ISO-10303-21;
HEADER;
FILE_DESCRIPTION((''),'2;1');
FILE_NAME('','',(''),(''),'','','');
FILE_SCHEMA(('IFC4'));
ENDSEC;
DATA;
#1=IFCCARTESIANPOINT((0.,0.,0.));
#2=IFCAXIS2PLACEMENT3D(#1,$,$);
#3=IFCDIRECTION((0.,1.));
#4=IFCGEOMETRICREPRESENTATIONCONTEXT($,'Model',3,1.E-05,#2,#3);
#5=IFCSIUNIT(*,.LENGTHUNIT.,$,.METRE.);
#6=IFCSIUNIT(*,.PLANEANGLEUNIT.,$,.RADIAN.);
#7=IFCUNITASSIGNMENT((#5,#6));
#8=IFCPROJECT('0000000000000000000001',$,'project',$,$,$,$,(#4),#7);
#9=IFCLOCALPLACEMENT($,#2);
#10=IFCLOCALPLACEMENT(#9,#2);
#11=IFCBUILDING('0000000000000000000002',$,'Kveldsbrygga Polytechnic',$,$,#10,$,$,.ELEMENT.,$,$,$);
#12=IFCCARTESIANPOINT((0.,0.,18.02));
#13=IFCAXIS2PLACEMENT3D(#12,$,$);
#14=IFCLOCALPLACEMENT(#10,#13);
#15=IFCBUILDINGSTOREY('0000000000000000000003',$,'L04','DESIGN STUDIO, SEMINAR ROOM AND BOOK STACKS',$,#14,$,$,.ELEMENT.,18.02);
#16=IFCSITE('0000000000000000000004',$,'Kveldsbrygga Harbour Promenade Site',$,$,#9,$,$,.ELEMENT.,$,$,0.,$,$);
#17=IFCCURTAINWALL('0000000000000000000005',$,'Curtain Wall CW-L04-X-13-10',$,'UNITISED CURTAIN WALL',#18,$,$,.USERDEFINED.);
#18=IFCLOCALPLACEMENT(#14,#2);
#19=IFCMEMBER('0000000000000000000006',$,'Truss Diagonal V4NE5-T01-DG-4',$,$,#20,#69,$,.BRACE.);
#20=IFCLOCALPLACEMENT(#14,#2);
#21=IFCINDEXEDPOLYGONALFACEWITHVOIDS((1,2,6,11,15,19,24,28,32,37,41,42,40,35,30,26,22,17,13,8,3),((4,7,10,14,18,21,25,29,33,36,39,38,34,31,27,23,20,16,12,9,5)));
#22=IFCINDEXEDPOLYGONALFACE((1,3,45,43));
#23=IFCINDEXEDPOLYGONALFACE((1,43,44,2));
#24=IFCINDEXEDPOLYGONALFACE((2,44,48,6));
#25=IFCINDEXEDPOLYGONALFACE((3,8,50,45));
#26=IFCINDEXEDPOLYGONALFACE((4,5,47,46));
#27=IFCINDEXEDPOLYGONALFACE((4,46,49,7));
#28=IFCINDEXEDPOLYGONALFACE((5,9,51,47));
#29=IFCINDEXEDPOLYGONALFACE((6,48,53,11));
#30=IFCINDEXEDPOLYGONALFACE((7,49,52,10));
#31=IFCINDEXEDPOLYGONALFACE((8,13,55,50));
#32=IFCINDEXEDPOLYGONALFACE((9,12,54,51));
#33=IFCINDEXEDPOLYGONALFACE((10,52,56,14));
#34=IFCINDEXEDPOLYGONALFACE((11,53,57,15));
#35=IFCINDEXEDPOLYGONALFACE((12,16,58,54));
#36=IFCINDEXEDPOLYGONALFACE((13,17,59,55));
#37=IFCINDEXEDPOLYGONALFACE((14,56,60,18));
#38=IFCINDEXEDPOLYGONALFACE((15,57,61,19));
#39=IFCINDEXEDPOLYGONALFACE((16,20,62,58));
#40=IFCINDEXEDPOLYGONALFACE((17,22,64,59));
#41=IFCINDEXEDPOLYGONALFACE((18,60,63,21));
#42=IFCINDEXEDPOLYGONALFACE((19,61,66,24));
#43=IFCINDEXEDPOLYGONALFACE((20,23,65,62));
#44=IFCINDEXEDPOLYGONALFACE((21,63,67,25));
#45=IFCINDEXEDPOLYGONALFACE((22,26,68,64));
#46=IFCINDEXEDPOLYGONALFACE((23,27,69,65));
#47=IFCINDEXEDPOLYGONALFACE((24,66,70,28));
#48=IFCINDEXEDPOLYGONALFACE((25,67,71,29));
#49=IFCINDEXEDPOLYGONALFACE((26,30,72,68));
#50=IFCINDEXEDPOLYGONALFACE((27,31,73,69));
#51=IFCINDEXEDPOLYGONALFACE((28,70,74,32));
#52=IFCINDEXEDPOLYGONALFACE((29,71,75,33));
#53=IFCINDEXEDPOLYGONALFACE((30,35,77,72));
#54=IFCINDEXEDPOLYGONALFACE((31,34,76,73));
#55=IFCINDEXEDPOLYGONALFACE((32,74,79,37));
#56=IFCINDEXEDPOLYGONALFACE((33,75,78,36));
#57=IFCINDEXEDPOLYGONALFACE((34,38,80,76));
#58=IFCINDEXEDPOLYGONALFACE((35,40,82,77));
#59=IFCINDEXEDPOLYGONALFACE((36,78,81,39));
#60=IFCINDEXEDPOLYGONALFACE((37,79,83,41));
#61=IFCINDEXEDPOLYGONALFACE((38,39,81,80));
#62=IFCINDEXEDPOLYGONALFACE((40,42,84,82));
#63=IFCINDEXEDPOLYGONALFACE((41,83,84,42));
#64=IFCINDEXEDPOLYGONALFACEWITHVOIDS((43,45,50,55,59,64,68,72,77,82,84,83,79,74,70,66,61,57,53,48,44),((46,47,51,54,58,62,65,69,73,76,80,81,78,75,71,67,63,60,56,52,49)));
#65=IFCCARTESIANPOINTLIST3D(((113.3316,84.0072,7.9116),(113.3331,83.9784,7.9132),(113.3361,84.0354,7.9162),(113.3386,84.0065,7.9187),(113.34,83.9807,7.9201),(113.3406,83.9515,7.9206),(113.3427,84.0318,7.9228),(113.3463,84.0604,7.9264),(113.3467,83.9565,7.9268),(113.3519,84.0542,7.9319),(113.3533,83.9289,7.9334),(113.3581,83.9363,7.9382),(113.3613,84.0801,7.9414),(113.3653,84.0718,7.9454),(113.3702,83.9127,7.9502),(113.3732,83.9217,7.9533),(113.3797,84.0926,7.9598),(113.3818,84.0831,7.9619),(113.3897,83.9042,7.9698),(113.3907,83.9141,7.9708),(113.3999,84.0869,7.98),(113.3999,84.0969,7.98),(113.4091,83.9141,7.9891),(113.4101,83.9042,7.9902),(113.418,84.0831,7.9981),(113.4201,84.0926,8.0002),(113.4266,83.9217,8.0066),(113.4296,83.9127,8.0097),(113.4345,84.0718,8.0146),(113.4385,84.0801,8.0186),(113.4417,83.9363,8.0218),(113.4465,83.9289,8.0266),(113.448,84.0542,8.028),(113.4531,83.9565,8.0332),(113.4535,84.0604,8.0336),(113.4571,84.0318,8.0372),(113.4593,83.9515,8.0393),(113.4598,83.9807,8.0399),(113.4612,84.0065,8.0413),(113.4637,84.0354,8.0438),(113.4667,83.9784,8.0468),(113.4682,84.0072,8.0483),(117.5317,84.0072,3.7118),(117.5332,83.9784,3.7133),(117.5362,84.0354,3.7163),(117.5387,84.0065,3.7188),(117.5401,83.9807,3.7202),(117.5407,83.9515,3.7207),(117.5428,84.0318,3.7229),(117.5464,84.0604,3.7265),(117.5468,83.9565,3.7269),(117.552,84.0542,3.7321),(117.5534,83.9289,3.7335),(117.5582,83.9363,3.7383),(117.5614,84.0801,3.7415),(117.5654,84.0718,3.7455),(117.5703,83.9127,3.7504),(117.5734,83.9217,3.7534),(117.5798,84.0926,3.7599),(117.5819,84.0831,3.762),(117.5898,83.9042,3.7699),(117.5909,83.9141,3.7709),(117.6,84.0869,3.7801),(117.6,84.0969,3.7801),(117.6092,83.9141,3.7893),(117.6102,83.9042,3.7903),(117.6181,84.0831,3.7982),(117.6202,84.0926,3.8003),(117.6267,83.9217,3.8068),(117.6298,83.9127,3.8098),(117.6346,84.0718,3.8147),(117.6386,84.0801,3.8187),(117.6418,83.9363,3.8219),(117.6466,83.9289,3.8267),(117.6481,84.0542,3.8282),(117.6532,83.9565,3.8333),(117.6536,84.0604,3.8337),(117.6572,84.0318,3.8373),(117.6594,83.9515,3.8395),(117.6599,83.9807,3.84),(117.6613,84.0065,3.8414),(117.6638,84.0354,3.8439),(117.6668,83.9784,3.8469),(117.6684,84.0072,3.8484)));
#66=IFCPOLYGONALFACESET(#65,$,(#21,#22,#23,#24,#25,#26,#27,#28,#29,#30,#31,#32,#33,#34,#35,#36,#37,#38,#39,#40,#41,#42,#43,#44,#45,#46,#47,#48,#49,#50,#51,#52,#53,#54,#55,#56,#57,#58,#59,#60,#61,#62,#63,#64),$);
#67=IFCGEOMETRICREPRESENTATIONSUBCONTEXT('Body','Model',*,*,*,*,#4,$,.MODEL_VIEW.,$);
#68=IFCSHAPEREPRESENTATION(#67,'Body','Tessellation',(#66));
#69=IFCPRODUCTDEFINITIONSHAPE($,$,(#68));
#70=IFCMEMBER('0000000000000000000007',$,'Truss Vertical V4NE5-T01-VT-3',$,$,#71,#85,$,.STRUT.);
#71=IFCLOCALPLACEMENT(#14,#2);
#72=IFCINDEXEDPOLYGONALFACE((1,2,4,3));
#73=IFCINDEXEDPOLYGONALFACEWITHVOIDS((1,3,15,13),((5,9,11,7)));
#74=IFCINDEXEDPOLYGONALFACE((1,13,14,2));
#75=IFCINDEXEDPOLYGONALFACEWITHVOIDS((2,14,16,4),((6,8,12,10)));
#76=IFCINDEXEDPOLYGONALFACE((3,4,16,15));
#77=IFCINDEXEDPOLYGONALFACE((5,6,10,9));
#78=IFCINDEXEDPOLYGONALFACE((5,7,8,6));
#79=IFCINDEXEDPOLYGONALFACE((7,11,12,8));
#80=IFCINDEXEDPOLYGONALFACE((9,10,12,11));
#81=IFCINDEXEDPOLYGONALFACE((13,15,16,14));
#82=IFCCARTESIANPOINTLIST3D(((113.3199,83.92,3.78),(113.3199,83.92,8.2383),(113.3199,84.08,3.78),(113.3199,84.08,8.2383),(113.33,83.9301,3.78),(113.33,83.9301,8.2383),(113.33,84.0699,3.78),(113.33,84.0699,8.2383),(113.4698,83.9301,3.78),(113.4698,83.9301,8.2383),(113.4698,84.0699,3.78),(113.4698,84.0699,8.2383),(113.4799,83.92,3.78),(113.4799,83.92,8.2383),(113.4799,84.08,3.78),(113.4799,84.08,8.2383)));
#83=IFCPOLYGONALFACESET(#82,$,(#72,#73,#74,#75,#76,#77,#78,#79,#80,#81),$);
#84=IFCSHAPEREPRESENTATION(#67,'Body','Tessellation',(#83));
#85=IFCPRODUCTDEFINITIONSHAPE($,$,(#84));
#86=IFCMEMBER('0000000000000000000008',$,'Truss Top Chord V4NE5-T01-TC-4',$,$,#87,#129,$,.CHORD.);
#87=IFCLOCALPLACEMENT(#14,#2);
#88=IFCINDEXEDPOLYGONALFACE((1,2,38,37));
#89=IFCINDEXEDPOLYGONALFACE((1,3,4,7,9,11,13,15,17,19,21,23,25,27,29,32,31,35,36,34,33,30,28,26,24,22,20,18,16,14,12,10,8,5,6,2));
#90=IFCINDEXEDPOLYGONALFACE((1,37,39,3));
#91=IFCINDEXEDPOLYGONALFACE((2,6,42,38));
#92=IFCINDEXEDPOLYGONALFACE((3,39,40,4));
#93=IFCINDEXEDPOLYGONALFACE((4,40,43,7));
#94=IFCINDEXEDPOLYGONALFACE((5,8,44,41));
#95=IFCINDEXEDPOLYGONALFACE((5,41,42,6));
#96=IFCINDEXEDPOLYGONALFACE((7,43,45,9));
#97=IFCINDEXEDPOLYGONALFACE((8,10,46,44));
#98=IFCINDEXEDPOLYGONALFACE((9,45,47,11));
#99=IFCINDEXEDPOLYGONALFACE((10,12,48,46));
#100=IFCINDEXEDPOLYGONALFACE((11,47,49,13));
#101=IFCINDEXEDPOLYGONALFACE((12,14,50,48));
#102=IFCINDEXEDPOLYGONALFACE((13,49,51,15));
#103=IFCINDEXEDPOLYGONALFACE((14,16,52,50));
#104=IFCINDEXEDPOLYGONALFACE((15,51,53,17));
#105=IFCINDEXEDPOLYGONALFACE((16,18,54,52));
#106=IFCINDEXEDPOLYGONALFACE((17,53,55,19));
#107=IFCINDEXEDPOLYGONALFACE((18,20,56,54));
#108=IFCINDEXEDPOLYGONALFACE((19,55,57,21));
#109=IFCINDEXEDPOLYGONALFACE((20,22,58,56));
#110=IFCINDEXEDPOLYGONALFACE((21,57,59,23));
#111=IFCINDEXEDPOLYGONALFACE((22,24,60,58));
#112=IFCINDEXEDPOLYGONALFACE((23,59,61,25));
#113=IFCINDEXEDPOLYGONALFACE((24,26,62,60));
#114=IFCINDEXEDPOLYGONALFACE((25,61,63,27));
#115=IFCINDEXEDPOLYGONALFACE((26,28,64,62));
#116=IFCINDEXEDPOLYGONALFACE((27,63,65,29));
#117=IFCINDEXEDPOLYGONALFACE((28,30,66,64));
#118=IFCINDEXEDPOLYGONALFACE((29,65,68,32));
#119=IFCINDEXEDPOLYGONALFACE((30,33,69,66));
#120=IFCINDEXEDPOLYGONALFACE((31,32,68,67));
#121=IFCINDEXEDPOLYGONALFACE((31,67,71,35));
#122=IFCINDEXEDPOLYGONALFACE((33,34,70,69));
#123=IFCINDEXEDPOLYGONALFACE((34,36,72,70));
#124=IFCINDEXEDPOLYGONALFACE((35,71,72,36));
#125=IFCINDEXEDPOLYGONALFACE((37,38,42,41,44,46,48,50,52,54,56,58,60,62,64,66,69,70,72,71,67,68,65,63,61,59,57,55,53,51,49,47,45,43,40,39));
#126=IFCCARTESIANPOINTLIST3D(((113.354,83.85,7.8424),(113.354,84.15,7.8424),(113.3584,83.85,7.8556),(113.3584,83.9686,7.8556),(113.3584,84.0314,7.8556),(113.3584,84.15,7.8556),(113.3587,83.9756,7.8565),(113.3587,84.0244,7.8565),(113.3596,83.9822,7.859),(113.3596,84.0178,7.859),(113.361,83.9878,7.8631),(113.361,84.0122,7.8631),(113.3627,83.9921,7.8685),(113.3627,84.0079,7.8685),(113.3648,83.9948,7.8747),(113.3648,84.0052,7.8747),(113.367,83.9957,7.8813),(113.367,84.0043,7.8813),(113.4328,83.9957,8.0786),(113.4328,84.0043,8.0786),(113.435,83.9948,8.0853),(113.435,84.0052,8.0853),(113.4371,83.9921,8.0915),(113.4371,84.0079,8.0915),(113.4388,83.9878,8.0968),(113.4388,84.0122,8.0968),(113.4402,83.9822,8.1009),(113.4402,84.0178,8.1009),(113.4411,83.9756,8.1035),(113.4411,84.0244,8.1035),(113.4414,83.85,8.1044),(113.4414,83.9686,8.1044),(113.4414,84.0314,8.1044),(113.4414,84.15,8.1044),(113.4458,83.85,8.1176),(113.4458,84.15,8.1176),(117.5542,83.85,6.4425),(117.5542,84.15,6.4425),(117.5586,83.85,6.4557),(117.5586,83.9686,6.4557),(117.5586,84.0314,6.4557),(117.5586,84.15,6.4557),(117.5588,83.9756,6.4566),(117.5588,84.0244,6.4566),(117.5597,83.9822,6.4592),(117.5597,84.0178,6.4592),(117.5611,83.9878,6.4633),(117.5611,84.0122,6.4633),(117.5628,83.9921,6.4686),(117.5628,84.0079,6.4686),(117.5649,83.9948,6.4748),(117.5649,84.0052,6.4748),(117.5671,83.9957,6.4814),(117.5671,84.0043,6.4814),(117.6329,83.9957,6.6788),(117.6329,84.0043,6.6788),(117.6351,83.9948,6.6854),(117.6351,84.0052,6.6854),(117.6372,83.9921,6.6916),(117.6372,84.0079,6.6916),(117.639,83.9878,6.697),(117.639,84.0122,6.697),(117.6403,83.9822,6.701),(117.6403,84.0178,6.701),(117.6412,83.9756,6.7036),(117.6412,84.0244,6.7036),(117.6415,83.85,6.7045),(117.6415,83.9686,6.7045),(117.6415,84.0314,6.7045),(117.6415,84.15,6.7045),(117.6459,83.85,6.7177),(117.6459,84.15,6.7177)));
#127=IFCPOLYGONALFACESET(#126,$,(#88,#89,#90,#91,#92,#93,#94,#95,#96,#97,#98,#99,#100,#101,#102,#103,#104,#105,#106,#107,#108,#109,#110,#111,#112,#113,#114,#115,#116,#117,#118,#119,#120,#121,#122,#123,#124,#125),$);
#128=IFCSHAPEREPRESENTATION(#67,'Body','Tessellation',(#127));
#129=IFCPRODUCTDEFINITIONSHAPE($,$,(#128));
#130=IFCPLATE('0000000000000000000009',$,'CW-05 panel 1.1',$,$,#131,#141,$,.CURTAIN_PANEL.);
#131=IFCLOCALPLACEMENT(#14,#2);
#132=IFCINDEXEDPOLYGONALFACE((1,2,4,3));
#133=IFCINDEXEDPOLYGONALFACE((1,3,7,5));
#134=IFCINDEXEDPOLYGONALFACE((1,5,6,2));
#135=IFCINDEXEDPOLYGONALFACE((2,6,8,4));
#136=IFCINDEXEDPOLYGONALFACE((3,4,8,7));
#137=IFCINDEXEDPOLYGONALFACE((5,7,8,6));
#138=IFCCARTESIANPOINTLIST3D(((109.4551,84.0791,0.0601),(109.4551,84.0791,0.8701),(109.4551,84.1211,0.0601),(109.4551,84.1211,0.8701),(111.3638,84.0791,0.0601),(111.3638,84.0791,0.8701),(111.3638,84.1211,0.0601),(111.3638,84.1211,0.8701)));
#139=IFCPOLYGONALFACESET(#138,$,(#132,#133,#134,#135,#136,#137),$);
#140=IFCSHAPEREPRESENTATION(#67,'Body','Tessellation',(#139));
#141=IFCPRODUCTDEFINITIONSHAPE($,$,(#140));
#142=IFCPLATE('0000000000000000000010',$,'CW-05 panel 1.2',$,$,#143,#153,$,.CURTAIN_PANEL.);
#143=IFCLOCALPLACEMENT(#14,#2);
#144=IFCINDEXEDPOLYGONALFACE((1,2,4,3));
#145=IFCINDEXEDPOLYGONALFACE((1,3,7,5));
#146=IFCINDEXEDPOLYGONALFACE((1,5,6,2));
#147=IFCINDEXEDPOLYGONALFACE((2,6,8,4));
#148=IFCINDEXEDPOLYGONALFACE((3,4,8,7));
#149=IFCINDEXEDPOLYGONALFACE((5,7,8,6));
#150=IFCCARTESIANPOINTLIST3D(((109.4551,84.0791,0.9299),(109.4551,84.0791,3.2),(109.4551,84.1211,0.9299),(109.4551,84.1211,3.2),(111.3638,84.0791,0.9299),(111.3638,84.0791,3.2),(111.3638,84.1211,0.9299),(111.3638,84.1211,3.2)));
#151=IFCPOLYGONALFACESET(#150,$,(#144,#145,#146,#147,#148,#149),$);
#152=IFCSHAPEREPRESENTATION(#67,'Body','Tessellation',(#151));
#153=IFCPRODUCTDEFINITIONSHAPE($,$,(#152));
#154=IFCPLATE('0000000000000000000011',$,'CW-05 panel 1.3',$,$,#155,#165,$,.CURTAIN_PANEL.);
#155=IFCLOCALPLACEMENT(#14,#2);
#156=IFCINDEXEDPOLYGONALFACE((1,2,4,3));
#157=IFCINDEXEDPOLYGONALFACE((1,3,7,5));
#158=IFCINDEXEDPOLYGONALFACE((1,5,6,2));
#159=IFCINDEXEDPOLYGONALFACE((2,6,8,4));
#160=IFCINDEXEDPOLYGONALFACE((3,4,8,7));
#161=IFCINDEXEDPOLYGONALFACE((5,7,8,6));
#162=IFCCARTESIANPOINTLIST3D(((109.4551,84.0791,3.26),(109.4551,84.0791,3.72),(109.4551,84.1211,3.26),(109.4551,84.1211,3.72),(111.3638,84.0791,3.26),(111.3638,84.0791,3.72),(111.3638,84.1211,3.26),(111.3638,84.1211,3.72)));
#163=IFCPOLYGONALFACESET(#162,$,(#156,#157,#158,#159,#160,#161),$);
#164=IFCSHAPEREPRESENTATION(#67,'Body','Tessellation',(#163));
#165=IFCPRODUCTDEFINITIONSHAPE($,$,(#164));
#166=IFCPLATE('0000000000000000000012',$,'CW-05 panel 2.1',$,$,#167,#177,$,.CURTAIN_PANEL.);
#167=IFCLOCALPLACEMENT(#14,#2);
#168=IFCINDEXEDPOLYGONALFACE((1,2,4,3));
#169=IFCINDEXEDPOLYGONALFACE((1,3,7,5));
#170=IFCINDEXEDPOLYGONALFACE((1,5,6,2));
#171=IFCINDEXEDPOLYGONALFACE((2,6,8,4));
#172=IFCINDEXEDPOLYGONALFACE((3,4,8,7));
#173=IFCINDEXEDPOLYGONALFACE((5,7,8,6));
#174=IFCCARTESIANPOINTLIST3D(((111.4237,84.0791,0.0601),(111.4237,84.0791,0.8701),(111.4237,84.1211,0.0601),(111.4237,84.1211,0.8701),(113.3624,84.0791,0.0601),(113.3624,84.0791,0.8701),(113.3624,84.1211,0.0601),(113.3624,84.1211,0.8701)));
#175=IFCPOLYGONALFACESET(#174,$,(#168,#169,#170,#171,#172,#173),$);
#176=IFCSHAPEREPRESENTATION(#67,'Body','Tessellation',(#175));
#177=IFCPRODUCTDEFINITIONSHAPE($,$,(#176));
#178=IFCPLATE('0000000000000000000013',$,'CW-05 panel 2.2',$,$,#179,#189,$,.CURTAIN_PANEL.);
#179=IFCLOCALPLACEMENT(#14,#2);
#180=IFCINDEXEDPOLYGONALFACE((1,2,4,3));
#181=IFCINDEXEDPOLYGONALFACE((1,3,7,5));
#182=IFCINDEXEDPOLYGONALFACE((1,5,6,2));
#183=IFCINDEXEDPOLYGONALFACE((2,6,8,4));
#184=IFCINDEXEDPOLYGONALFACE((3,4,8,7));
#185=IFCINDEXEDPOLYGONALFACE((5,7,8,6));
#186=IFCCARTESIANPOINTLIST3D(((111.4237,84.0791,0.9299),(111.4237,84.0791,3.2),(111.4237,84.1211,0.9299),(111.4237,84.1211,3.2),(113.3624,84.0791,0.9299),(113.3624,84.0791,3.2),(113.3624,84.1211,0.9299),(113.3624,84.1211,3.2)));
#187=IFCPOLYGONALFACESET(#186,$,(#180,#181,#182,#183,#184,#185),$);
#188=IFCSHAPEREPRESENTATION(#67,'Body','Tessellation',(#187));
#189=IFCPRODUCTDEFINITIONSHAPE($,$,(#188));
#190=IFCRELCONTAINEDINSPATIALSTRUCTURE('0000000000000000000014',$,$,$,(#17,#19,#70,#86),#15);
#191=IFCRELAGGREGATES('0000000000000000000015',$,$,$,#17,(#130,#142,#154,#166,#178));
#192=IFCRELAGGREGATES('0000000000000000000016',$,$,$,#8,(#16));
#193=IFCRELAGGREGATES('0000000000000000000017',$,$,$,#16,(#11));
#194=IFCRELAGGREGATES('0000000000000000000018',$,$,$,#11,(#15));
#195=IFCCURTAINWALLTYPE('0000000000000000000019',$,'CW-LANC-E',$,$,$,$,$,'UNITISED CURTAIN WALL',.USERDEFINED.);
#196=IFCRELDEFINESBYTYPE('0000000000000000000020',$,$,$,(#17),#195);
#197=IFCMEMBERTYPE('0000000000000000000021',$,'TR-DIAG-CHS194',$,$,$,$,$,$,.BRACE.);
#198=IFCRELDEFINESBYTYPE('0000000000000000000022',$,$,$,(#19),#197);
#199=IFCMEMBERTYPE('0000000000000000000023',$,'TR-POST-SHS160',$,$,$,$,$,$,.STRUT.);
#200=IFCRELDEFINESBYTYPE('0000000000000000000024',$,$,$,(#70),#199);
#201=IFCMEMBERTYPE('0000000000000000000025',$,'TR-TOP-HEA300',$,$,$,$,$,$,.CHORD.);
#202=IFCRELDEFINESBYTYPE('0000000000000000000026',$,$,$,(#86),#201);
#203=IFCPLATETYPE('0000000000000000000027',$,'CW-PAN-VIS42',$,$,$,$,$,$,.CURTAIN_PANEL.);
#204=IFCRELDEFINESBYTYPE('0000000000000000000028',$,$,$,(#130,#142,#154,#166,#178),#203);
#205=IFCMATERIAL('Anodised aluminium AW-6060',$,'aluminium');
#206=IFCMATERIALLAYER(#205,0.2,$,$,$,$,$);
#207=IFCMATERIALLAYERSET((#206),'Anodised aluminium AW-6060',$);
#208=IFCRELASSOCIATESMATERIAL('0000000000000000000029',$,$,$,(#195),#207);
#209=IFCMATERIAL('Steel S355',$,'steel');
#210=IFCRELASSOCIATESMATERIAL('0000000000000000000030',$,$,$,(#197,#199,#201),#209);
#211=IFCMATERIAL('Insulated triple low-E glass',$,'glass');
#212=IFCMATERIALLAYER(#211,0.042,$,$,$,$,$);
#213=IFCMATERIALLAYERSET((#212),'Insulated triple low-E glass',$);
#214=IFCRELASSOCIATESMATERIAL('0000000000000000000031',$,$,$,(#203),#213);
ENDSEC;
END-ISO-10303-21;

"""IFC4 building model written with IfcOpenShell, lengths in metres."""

from ifc_helpers import new_model, si_unit, direction, frame, origin, origin_2d, place, context, subcontext, project, spatial, rectangle, hollow_rectangle, hollow_circle, i_section, extrude, material, layer, layer_set, material_profile, profile_set, type_object, element, aggregate, save


model = new_model("IFC4")

# Units and contexts
model_context = context("Model", 3, precision=1e-05, world=origin(), true_north=direction((0.0, 1.0)))
body_context = subcontext(model_context, "Body", "Model", "MODEL_VIEW")
ifc_project = project(units=[si_unit("LENGTHUNIT", "METRE"), si_unit("PLANEANGLEUNIT", "RADIAN")], contexts=[model_context])

# Site, building, storey
site_placement = place(None, origin())
site = spatial("IfcSite", under=ifc_project, at=site_placement, Name="Kveldsbrygga Harbour Promenade Site", CompositionType="ELEMENT", RefElevation=0.0)
building_placement = place(site_placement, origin())
building = spatial("IfcBuilding", under=site, at=building_placement, Name="Kveldsbrygga Polytechnic", CompositionType="ELEMENT")
storey_placement = place(building_placement, frame((0.0, 0.0, 18.02)))
storey = spatial("IfcBuildingStorey", under=building, at=storey_placement, Name="L04", Description="DESIGN STUDIO, SEMINAR ROOM AND BOOK STACKS", CompositionType="ELEMENT", Elevation=18.02)

# Curtain wall
ifc_material_1 = material(Name="Anodised aluminium AW-6060", Category="aluminium")
ifc_layer_1 = layer(ifc_material_1, 0.2)
ifc_layer_set_1 = layer_set([ifc_layer_1], Name="Anodised aluminium AW-6060")
curtain_wall_type = type_object("IfcCurtainWallType", Name="CW-LANC-E", ElementType="UNITISED CURTAIN WALL", PredefinedType="USERDEFINED", material=ifc_layer_set_1)
curtain_wall_placement = place(storey_placement, origin())
curtain_wall = element("IfcCurtainWall", 1, at=curtain_wall_placement, inside=storey, type_object=curtain_wall_type, Name="Curtain Wall CW-L04-X-13-10", ObjectType="UNITISED CURTAIN WALL", PredefinedType="USERDEFINED")

# Members
ifc_material_2 = material(Name="Steel S355", Category="steel")
ifc_material_profile_1 = material_profile(ifc_material_2, hollow_circle(Radius=0.0969, WallThickness=0.01, at=origin_2d()), Name="CHS 193.7x10.0")
ifc_profile_set_1 = profile_set([ifc_material_profile_1], Name="Steel S355")
member_type_1 = type_object("IfcMemberType", Name="TR-DIAG-CHS194", PredefinedType="BRACE", material=ifc_profile_set_1)
member_1_placement = place(storey_placement, frame((113.3999, 84.0, 7.98), z_axis=(0.707127, 0.0, -0.707086), x_axis=(0.0, 1.0, 0.0)))
element("IfcMember", 2, at=member_1_placement, inside=storey, type_object=member_type_1, Name="Truss Diagonal V4NE5-T01-DG-4", PredefinedType="BRACE", context=body_context, shape_type="SweptSolid", body=[
    extrude(hollow_circle(Radius=0.0969, WallThickness=0.01, at=origin_2d()), origin(), (0.0, 0.0, 1.0), 5.9397),
])
ifc_material_profile_2 = material_profile(ifc_material_2, hollow_rectangle(XDim=0.1599, YDim=0.1599, WallThickness=0.01, at=origin_2d()), Name="SHS 160x160x10.0")
ifc_profile_set_2 = profile_set([ifc_material_profile_2], Name="Steel S355")
member_type_2 = type_object("IfcMemberType", Name="TR-POST-SHS160", PredefinedType="STRUT", material=ifc_profile_set_2)
member_2_placement = place(storey_placement, frame((113.3999, 84.0, 3.78), z_axis=(0.0, 0.0, 1.0), x_axis=(1.0, 0.0, 0.0)))
element("IfcMember", 3, at=member_2_placement, inside=storey, type_object=member_type_2, Name="Truss Vertical V4NE5-T01-VT-3", PredefinedType="STRUT", context=body_context, shape_type="SweptSolid", body=[
    extrude(hollow_rectangle(XDim=0.1599, YDim=0.1599, WallThickness=0.01, at=origin_2d()), origin(), (0.0, 0.0, 1.0), 4.4583),
])
ifc_material_profile_3 = material_profile(ifc_material_2, i_section(OverallWidth=0.3, OverallDepth=0.29, WebThickness=0.0085, FlangeThickness=0.0139, FilletRadius=0.0271, at=origin_2d()), Name="HEA 300")
ifc_profile_set_3 = profile_set([ifc_material_profile_3], Name="Steel S355")
member_type_3 = type_object("IfcMemberType", Name="TR-TOP-HEA300", PredefinedType="CHORD", material=ifc_profile_set_3)
member_3_placement = place(storey_placement, frame((113.3999, 84.0, 7.98), z_axis=(0.948694, 0.0, -0.316195), x_axis=(0.0, 1.0, 0.0)))
element("IfcMember", 4, at=member_3_placement, inside=storey, type_object=member_type_3, Name="Truss Top Chord V4NE5-T01-TC-4", PredefinedType="CHORD", context=body_context, shape_type="SweptSolid", body=[
    extrude(i_section(OverallWidth=0.3, OverallDepth=0.29, WebThickness=0.0085, FlangeThickness=0.0139, FilletRadius=0.0271, at=origin_2d()), origin(), (0.0, 0.0, 1.0), 4.4272),
])

# Plates
ifc_material_3 = material(Name="Insulated triple low-E glass", Category="glass")
ifc_layer_2 = layer(ifc_material_3, 0.042)
ifc_layer_set_2 = layer_set([ifc_layer_2], Name="Insulated triple low-E glass")
plate_type_1 = type_object("IfcPlateType", Name="CW-PAN-VIS42", PredefinedType="CURTAIN_PANEL", material=ifc_layer_set_2)
plate_1_placement = place(storey_placement, frame((110.4094, 84.1001, 0.0601), z_axis=(0.0, 0.0, 1.0), x_axis=(1.0, 0.0, 0.0)))
plate_1 = element("IfcPlate", 5, at=plate_1_placement, type_object=plate_type_1, Name="CW-05 panel 1.1", PredefinedType="CURTAIN_PANEL", context=body_context, shape_type="SweptSolid", body=[
    extrude(rectangle(XDim=1.9087, YDim=0.042, at=origin_2d()), origin(), (0.0, 0.0, 1.0), 0.8101),
])
plate_2_placement = place(storey_placement, frame((110.4094, 84.1001, 0.9299), z_axis=(0.0, 0.0, 1.0), x_axis=(1.0, 0.0, 0.0)))
plate_2 = element("IfcPlate", 6, at=plate_2_placement, type_object=plate_type_1, Name="CW-05 panel 1.2", PredefinedType="CURTAIN_PANEL", context=body_context, shape_type="SweptSolid", body=[
    extrude(rectangle(XDim=1.9087, YDim=0.042, at=origin_2d()), origin(), (0.0, 0.0, 1.0), 2.27),
])
plate_3_placement = place(storey_placement, frame((110.4094, 84.1001, 3.26), z_axis=(0.0, 0.0, 1.0), x_axis=(1.0, 0.0, 0.0)))
plate_3 = element("IfcPlate", 7, at=plate_3_placement, type_object=plate_type_1, Name="CW-05 panel 1.3", PredefinedType="CURTAIN_PANEL", context=body_context, shape_type="SweptSolid", body=[
    extrude(rectangle(XDim=1.9087, YDim=0.042, at=origin_2d()), origin(), (0.0, 0.0, 1.0), 0.46),
])
plate_4_placement = place(storey_placement, frame((112.3931, 84.1001, 0.0601), z_axis=(0.0, 0.0, 1.0), x_axis=(1.0, 0.0, 0.0)))
plate_4 = element("IfcPlate", 8, at=plate_4_placement, type_object=plate_type_1, Name="CW-05 panel 2.1", PredefinedType="CURTAIN_PANEL", context=body_context, shape_type="SweptSolid", body=[
    extrude(rectangle(XDim=1.9387, YDim=0.042, at=origin_2d()), origin(), (0.0, 0.0, 1.0), 0.8101),
])
plate_5_placement = place(storey_placement, frame((112.3931, 84.1001, 0.9299), z_axis=(0.0, 0.0, 1.0), x_axis=(1.0, 0.0, 0.0)))
plate_5 = element("IfcPlate", 9, at=plate_5_placement, type_object=plate_type_1, Name="CW-05 panel 2.2", PredefinedType="CURTAIN_PANEL", context=body_context, shape_type="SweptSolid", body=[
    extrude(rectangle(XDim=1.9387, YDim=0.042, at=origin_2d()), origin(), (0.0, 0.0, 1.0), 2.27),
])
aggregate(curtain_wall, [plate_1, plate_2, plate_3, plate_4, plate_5])

save(model, "model.ifc")
